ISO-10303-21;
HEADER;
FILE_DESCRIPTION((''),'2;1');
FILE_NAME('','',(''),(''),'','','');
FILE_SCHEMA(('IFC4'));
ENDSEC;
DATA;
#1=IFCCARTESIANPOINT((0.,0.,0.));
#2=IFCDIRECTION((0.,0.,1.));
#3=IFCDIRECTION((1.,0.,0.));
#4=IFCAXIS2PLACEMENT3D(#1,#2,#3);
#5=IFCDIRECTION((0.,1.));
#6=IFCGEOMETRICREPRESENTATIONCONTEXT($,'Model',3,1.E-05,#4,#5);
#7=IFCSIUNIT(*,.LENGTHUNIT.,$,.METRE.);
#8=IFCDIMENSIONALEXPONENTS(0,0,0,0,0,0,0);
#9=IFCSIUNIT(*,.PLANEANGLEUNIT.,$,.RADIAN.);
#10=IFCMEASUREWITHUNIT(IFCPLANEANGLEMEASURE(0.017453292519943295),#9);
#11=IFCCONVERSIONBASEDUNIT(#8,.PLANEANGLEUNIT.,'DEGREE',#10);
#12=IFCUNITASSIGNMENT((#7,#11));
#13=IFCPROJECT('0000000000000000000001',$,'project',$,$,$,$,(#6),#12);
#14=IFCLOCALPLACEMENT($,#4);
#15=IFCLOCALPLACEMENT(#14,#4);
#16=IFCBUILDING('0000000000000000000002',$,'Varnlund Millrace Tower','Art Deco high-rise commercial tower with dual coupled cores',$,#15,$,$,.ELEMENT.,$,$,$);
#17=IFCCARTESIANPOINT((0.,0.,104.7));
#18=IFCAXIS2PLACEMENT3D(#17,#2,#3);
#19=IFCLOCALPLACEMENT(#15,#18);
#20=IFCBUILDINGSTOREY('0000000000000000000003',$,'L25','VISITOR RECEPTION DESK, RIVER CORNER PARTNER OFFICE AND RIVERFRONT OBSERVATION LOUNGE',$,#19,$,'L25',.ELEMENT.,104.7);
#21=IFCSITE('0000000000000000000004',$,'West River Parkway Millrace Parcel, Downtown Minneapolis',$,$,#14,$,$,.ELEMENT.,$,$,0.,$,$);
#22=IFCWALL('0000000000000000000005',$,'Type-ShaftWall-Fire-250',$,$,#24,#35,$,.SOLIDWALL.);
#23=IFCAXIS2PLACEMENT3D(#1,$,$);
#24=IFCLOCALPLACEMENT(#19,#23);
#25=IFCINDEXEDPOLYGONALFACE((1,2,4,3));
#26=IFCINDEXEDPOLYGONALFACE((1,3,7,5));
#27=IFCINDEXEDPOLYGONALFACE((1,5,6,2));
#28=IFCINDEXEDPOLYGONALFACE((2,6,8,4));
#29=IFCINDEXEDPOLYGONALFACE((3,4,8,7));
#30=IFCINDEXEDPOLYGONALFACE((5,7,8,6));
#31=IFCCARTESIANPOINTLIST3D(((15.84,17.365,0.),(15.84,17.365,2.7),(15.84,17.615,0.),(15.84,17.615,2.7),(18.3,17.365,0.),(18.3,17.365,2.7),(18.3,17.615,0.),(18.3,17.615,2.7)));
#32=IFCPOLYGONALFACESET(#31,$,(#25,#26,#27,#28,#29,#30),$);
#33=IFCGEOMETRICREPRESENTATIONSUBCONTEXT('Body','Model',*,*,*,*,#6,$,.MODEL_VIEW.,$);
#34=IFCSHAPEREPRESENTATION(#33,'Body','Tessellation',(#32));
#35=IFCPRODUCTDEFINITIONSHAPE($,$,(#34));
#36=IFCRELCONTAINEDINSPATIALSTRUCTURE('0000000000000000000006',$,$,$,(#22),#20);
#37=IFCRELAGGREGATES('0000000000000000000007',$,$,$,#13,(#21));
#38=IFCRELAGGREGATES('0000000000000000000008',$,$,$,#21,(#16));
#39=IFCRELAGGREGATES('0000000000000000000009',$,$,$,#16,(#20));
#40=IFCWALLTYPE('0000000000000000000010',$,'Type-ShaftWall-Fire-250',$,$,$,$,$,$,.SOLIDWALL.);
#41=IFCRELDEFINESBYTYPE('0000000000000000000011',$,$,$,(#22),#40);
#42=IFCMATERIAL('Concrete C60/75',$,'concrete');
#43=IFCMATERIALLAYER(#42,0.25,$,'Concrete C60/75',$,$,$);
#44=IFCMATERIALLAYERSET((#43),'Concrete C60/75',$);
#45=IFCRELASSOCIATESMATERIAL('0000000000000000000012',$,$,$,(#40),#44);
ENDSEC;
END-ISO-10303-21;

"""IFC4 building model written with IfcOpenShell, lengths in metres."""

from ifc_helpers import new_model, entity, si_unit, converted_unit, direction, frame, origin_with_axes, place, context, subcontext, project, spatial, polyline, outline, extrude, material, layer, layer_set, type_object, element, save


model = new_model("IFC4")

# Units and contexts
model_context = context("Model", 3, precision=1e-05, world=origin_with_axes(), true_north=direction((0.0, 1.0)))
body_context = subcontext(model_context, "Body", "Model", "MODEL_VIEW")
ifc_project = project(units=[si_unit("LENGTHUNIT", "METRE"), converted_unit("PLANEANGLEUNIT", "DEGREE", entity("IfcPlaneAngleMeasure", 0.017453292519943295), si_unit("PLANEANGLEUNIT", "RADIAN"), dimensions=[0, 0, 0, 0, 0, 0, 0])], contexts=[model_context])

# Site, building, storey
site_placement = place(None, origin_with_axes())
site = spatial("IfcSite", under=ifc_project, at=site_placement, Name="West River Parkway Millrace Parcel, Downtown Minneapolis", CompositionType="ELEMENT", RefElevation=0.0)
building_placement = place(site_placement, origin_with_axes())
building = spatial("IfcBuilding", under=site, at=building_placement, Name="Varnlund Millrace Tower", Description="Art Deco high-rise commercial tower with dual coupled cores", CompositionType="ELEMENT")
storey_placement = place(building_placement, frame((0.0, 0.0, 104.7), z_axis=(0.0, 0.0, 1.0), x_axis=(1.0, 0.0, 0.0)))
storey = spatial("IfcBuildingStorey", under=building, at=storey_placement, Name="L25", Description="VISITOR RECEPTION DESK, RIVER CORNER PARTNER OFFICE AND RIVERFRONT OBSERVATION LOUNGE", LongName="L25", CompositionType="ELEMENT", Elevation=104.7)

# Wall
ifc_material_1 = material(Name="Concrete C60/75", Category="concrete")
ifc_layer_1 = layer(ifc_material_1, 0.25, Name="Concrete C60/75")
ifc_layer_set_1 = layer_set([ifc_layer_1], Name="Concrete C60/75")
wall_type_1 = type_object("IfcWallType", Name="Type-ShaftWall-Fire-250", PredefinedType="SOLIDWALL", material=ifc_layer_set_1)
for number, where, z_axis, x_axis, name in (
    (1, (15.84, 17.49, 0.0), (0.0, 0.0, 1.0), (1.0, 0.0, 0.0), "Type-ShaftWall-Fire-250"),
):
    element("IfcWall", number, at=place(storey_placement, frame(where, z_axis=z_axis, x_axis=x_axis)), inside=storey, type_object=wall_type_1, Name=name, PredefinedType="SOLIDWALL", context=body_context, shape_type="SweptSolid", body=[
        extrude(outline(polyline([(0.0, -0.125), (2.46, -0.125), (2.46, 0.125), (0.0, 0.125), (0.0, -0.125)])), origin_with_axes(), (0.0, 0.0, 1.0), 2.7),
    ])

save(model, "model.ifc")
